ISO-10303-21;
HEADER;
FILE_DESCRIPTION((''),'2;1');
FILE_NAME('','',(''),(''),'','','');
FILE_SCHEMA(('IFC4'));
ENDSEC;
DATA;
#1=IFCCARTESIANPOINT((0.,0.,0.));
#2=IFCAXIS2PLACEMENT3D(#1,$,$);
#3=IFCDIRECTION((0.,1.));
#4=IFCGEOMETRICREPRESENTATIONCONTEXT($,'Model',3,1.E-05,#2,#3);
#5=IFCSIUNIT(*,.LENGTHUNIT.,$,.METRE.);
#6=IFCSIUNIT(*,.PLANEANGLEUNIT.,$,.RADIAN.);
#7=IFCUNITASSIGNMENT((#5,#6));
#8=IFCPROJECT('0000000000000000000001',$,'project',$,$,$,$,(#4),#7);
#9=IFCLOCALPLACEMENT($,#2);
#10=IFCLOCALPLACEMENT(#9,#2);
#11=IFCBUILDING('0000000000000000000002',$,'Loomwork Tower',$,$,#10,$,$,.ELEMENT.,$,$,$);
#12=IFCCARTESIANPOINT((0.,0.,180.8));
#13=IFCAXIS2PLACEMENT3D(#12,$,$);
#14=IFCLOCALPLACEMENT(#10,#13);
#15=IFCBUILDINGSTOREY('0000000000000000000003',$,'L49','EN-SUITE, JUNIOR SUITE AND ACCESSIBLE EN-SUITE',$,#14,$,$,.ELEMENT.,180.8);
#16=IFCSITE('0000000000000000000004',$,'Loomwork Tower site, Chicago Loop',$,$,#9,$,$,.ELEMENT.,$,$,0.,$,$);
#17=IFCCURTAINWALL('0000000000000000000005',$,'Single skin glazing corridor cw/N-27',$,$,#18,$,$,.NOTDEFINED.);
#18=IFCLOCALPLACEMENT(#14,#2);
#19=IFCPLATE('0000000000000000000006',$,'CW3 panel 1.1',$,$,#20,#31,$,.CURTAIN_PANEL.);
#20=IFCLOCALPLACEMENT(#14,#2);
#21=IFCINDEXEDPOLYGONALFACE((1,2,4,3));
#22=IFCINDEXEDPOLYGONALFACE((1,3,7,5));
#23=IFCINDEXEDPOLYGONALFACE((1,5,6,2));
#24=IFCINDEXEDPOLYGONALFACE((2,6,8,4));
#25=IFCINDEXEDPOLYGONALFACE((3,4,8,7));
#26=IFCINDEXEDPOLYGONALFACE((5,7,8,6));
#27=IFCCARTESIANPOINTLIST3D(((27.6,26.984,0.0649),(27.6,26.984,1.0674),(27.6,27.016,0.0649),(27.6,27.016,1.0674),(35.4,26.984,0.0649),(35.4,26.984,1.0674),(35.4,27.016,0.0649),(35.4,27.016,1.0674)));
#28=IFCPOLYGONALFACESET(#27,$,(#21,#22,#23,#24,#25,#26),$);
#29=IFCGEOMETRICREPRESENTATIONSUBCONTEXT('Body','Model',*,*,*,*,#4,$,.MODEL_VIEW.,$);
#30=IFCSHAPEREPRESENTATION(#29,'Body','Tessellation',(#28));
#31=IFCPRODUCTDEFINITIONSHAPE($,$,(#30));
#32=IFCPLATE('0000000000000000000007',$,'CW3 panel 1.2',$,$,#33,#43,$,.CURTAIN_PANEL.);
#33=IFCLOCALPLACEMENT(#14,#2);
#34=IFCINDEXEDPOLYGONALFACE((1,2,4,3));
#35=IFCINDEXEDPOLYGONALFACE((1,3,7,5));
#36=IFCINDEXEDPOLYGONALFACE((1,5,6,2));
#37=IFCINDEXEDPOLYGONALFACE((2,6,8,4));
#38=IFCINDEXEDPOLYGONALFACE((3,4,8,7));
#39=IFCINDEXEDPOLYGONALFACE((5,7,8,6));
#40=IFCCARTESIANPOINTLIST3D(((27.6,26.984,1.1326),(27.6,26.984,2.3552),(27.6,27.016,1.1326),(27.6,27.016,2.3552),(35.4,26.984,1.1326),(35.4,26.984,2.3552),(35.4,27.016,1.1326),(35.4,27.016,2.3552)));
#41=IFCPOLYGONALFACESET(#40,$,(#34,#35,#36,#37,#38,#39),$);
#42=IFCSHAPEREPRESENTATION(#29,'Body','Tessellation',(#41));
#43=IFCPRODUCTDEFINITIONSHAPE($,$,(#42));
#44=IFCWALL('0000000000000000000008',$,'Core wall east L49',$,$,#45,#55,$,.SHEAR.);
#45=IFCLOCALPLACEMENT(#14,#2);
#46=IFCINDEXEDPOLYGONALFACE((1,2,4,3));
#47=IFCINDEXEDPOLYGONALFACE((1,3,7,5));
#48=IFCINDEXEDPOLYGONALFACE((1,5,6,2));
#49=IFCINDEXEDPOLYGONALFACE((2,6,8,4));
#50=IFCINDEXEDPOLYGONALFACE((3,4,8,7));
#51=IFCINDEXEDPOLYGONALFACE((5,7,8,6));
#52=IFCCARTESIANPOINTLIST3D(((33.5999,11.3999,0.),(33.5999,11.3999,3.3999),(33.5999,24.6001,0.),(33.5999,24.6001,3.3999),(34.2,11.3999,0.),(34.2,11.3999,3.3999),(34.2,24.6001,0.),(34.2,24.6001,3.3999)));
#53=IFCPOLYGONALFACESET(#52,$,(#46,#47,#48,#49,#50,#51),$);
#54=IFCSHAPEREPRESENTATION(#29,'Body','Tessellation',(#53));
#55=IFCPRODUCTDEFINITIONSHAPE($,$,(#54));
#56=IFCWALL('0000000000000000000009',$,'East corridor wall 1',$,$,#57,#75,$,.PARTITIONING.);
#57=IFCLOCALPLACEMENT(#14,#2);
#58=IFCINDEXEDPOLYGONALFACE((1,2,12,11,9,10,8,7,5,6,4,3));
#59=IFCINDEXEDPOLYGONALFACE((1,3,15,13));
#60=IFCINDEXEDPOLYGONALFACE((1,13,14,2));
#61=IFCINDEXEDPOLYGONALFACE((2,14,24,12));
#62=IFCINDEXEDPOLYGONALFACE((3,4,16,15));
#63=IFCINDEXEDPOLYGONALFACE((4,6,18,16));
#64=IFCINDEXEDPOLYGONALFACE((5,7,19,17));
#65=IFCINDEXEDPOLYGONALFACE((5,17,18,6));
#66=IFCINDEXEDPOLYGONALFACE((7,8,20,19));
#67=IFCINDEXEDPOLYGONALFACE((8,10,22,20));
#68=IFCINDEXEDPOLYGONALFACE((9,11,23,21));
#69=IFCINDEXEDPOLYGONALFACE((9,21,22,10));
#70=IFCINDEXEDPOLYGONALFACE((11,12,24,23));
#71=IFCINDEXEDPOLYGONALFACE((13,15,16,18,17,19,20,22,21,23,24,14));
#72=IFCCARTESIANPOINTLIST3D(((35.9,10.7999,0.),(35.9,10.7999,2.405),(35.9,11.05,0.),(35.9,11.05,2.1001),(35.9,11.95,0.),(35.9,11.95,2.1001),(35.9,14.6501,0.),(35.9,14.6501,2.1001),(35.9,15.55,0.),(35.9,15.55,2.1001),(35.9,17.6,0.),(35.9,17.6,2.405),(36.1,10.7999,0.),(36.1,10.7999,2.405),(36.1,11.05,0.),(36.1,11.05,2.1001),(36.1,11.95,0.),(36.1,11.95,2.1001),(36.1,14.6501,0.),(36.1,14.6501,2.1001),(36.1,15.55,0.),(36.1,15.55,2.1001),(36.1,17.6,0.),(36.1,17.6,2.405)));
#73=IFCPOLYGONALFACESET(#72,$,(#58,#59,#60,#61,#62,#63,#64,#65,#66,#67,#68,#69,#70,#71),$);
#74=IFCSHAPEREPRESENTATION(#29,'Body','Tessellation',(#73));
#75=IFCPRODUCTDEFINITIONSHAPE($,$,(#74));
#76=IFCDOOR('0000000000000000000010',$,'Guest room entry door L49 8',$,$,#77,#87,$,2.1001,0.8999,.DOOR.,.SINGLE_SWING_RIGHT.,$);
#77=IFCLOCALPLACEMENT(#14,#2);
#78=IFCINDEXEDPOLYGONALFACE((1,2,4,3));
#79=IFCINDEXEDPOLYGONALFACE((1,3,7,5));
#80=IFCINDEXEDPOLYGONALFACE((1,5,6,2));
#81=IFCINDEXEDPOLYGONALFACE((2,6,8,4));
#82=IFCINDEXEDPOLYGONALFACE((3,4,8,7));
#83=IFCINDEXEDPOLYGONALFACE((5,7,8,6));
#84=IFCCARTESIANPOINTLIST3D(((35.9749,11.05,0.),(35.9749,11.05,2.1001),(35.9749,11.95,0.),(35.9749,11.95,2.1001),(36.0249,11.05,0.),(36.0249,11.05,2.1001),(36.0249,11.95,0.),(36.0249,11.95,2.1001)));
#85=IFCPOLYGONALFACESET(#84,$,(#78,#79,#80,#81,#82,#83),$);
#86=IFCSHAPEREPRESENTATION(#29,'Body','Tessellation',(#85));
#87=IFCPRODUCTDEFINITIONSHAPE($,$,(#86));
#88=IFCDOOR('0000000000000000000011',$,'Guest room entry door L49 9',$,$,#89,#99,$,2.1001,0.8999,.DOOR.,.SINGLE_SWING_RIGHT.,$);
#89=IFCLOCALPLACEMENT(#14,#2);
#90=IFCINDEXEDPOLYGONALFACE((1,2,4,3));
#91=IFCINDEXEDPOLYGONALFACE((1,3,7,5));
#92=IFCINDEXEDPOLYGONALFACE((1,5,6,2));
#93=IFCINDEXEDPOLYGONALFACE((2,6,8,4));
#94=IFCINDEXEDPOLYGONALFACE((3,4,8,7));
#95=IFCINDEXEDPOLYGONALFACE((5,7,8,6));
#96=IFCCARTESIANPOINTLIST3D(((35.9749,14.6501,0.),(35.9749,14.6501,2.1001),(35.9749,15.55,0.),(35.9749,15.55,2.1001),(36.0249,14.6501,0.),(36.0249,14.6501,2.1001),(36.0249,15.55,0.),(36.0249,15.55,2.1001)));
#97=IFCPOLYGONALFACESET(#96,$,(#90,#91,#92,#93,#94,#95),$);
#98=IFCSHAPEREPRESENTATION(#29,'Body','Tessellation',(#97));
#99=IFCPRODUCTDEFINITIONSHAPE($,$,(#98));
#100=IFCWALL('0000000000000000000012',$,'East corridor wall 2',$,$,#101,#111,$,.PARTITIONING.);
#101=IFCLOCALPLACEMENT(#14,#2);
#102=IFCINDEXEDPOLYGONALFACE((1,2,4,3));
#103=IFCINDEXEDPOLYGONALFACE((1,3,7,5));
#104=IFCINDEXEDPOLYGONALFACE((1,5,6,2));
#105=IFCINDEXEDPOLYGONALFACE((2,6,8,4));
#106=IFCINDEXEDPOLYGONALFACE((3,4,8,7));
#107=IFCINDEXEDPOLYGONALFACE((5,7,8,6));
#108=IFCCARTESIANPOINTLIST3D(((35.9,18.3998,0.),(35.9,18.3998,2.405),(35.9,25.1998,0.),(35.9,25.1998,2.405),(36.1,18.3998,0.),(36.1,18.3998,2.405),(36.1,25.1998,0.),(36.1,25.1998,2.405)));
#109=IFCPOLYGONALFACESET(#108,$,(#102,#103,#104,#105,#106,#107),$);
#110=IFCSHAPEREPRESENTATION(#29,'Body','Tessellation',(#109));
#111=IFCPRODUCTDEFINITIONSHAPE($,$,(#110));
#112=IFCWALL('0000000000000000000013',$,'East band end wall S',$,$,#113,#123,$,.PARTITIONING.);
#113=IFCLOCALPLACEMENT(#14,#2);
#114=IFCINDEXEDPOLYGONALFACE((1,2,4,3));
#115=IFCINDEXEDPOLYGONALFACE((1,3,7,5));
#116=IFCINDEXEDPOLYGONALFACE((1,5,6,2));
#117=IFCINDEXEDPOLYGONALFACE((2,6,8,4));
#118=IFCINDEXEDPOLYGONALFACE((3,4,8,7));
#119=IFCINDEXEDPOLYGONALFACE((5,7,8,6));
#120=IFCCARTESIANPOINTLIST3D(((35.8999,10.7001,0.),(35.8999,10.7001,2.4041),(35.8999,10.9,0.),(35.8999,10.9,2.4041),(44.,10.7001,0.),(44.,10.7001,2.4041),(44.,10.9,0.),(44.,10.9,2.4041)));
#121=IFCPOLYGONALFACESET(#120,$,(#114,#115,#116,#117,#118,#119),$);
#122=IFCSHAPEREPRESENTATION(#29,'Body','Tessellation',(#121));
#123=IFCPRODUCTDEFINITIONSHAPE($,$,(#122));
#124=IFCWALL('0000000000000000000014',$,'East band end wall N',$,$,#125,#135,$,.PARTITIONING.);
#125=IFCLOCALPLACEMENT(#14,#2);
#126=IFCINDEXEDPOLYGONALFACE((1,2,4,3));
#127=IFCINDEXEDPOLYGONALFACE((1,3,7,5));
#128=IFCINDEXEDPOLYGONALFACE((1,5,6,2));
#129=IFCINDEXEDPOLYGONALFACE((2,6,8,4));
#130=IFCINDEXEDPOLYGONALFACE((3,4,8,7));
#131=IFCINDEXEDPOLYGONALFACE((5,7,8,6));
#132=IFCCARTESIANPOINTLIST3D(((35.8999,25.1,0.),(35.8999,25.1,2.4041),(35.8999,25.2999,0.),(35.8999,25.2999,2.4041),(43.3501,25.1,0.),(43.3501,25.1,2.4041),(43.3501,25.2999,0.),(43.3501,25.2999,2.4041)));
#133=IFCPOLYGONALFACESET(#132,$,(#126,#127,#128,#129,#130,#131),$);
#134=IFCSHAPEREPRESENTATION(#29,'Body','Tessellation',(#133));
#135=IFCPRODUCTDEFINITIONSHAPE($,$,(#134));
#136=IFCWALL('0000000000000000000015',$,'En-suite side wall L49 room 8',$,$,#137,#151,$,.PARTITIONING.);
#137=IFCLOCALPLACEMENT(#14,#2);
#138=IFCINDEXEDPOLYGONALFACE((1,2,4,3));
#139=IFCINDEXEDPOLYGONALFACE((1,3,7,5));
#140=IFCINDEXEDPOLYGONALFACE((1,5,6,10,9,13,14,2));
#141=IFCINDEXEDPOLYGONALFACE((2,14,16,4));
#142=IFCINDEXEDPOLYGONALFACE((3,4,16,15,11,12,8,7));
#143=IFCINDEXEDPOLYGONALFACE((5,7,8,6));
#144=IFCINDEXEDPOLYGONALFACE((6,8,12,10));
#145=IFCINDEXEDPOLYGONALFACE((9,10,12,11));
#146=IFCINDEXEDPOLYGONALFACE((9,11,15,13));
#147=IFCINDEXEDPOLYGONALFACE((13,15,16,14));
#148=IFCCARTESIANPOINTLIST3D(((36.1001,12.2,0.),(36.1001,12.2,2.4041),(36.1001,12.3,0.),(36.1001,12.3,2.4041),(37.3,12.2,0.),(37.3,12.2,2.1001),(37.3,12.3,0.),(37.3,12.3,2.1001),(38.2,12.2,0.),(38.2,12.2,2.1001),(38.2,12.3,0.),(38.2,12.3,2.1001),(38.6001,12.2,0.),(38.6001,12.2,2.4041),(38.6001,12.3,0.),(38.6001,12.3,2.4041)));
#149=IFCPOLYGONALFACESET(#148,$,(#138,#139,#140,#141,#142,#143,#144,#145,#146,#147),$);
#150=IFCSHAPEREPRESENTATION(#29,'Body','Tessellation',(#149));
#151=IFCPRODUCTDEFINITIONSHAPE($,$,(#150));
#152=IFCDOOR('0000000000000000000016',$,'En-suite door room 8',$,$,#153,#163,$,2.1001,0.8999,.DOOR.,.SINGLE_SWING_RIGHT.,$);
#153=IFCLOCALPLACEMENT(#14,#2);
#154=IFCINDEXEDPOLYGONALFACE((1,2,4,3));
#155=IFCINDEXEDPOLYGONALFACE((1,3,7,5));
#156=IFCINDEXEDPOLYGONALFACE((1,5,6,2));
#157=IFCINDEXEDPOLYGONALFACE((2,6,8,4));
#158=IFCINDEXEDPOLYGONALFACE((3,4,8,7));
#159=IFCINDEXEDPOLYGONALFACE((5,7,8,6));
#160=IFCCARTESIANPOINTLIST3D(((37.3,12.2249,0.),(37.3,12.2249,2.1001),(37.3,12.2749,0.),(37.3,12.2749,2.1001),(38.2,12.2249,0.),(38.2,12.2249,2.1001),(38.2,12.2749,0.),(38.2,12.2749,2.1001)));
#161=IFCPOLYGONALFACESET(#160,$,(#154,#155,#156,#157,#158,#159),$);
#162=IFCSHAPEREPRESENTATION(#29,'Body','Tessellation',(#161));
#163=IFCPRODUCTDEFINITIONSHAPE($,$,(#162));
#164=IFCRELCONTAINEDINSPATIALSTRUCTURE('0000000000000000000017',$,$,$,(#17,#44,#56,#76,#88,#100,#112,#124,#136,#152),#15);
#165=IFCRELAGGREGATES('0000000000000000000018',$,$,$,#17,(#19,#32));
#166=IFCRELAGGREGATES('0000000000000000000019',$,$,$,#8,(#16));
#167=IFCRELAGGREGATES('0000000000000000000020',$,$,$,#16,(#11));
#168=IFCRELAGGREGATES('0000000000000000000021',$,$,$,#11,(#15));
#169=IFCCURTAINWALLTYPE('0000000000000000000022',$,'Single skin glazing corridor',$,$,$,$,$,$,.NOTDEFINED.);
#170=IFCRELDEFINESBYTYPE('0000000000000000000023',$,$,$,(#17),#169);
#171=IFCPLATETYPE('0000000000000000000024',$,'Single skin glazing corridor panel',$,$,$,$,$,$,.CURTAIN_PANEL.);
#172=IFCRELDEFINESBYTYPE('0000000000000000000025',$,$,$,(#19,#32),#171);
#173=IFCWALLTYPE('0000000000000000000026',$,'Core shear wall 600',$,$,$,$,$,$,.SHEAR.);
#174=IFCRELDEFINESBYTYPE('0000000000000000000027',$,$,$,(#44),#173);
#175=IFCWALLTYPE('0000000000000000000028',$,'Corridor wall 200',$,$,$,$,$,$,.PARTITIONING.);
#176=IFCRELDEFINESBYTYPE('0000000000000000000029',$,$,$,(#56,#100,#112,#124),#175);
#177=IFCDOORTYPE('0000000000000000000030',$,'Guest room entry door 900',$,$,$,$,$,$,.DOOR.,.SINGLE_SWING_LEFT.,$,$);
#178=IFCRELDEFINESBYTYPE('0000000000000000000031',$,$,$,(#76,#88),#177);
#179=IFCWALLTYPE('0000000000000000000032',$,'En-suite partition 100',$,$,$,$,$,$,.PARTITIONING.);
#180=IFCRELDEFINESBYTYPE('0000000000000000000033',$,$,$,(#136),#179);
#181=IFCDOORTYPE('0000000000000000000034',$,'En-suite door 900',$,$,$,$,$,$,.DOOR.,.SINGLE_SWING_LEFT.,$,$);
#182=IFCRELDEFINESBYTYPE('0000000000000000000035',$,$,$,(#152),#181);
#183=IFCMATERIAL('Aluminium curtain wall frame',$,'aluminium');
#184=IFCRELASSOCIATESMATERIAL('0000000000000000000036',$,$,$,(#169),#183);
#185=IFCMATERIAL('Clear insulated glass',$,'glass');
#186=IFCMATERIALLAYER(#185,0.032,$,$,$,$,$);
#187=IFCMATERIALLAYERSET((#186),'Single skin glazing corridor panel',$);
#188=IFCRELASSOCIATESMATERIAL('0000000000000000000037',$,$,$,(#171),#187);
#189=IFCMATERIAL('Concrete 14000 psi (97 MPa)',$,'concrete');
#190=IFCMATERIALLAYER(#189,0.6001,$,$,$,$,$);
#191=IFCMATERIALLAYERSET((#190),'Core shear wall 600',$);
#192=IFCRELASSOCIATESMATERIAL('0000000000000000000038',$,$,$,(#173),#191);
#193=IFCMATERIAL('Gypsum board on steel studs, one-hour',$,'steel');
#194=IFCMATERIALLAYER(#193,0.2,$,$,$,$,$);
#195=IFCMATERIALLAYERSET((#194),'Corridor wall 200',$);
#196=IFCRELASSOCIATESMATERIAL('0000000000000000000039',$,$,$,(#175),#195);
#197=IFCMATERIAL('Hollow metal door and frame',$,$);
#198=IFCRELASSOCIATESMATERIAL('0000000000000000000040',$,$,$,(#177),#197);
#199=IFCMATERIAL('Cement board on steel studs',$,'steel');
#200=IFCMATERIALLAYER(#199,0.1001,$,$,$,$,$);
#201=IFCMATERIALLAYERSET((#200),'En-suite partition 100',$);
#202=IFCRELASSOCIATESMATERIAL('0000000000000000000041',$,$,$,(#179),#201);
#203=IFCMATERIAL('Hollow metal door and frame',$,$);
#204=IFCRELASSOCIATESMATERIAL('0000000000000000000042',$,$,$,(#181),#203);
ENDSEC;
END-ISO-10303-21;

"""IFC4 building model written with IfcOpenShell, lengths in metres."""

from ifc_helpers import new_model, si_unit, direction, frame, frame_2d, origin, origin_2d, place, context, subcontext, project, spatial, rectangle, extrude, material, layer, layer_set, type_object, element, fill, aggregate, save


model = new_model("IFC4")

# Units and contexts
model_context = context("Model", 3, precision=1e-05, world=origin(), true_north=direction((0.0, 1.0)))
body_context = subcontext(model_context, "Body", "Model", "MODEL_VIEW")
ifc_project = project(units=[si_unit("LENGTHUNIT", "METRE"), si_unit("PLANEANGLEUNIT", "RADIAN")], contexts=[model_context])

# Site, building, storey
site_placement = place(None, origin())
site = spatial("IfcSite", under=ifc_project, at=site_placement, Name="Loomwork Tower site, Chicago Loop", CompositionType="ELEMENT", RefElevation=0.0)
building_placement = place(site_placement, origin())
building = spatial("IfcBuilding", under=site, at=building_placement, Name="Loomwork Tower", CompositionType="ELEMENT")
storey_placement = place(building_placement, frame((0.0, 0.0, 180.8)))
storey = spatial("IfcBuildingStorey", under=building, at=storey_placement, Name="L49", Description="EN-SUITE, JUNIOR SUITE AND ACCESSIBLE EN-SUITE", CompositionType="ELEMENT", Elevation=180.8)

# Curtain wall, plates
ifc_material_1 = material(Name="Aluminium curtain wall frame", Category="aluminium")
curtain_wall_type = type_object("IfcCurtainWallType", Name="Single skin glazing corridor", PredefinedType="NOTDEFINED", material=ifc_material_1)
curtain_wall_placement = place(storey_placement, origin())
curtain_wall = element("IfcCurtainWall", 1, at=curtain_wall_placement, inside=storey, type_object=curtain_wall_type, Name="Single skin glazing corridor cw/N-27", PredefinedType="NOTDEFINED")
ifc_material_2 = material(Name="Clear insulated glass", Category="glass")
ifc_layer_1 = layer(ifc_material_2, 0.032)
ifc_layer_set_1 = layer_set([ifc_layer_1], Name="Single skin glazing corridor panel")
plate_type = type_object("IfcPlateType", Name="Single skin glazing corridor panel", PredefinedType="CURTAIN_PANEL", material=ifc_layer_set_1)
plate_1_placement = place(storey_placement, frame((31.5, 27.0, 0.0649), z_axis=(0.0, 0.0, 1.0), x_axis=(-1.0, 0.0, 0.0)))
plate_1 = element("IfcPlate", 2, at=plate_1_placement, type_object=plate_type, Name="CW3 panel 1.1", PredefinedType="CURTAIN_PANEL", context=body_context, shape_type="SweptSolid", body=[
    extrude(rectangle(XDim=7.8, YDim=0.032, at=origin_2d()), origin(), (0.0, 0.0, 1.0), 1.0024),
])
plate_2_placement = place(storey_placement, frame((31.5, 27.0, 1.1326), z_axis=(0.0, 0.0, 1.0), x_axis=(-1.0, 0.0, 0.0)))
plate_2 = element("IfcPlate", 3, at=plate_2_placement, type_object=plate_type, Name="CW3 panel 1.2", PredefinedType="CURTAIN_PANEL", context=body_context, shape_type="SweptSolid", body=[
    extrude(rectangle(XDim=7.8, YDim=0.032, at=origin_2d()), origin(), (0.0, 0.0, 1.0), 1.2227),
])
aggregate(curtain_wall, [plate_1, plate_2])

# Wall
ifc_material_3 = material(Name="Concrete 14000 psi (97 MPa)", Category="concrete")
ifc_layer_2 = layer(ifc_material_3, 0.6001)
ifc_layer_set_2 = layer_set([ifc_layer_2], Name="Core shear wall 600")
wall_type_1 = type_object("IfcWallType", Name="Core shear wall 600", PredefinedType="SHEAR", material=ifc_layer_set_2)
wall_1_placement = place(storey_placement, frame((33.8999, 11.3999, 0.0), z_axis=(0.0, 0.0, 1.0), x_axis=(0.0, 1.0, 0.0)))
element("IfcWall", 4, at=wall_1_placement, inside=storey, type_object=wall_type_1, Name="Core wall east L49", PredefinedType="SHEAR", context=body_context, shape_type="SweptSolid", body=[
    extrude(rectangle(XDim=13.2002, YDim=0.6001, at=frame_2d((6.6001, 0.0))), origin(), (0.0, 0.0, 1.0), 3.3999),
])

# Wall, openings, doors
ifc_material_4 = material(Name="Gypsum board on steel studs, one-hour", Category="steel")
ifc_layer_3 = layer(ifc_material_4, 0.2)
ifc_layer_set_3 = layer_set([ifc_layer_3], Name="Corridor wall 200")
wall_type_2 = type_object("IfcWallType", Name="Corridor wall 200", PredefinedType="PARTITIONING", material=ifc_layer_set_3)
wall_2_placement = place(storey_placement, frame((36.0, 10.8, 0.0), z_axis=(0.0, 0.0, 1.0), x_axis=(0.0, 1.0, 0.0)))
wall_2 = element("IfcWall", 5, at=wall_2_placement, inside=storey, type_object=wall_type_2, Name="East corridor wall 1", PredefinedType="PARTITIONING", context=body_context, shape_type="SweptSolid", body=[
    extrude(rectangle(XDim=6.8, YDim=0.2, at=frame_2d((3.3999, 0.0))), origin(), (0.0, 0.0, 1.0), 2.405),
])
opening_1_placement = place(wall_2_placement, frame((0.25, 0.0, 0.0)))
opening_1 = element("IfcOpeningElement", 6, at=opening_1_placement, cuts=wall_2, PredefinedType="OPENING", context=body_context, shape_type="SweptSolid", body=[
    extrude(rectangle(XDim=0.8999, YDim=2.1001, at=frame_2d((0.45, 1.05))), frame((0.0, 0.1099, 0.0), z_axis=(0.0, -1.0, 0.0), x_axis=(1.0, 0.0, 0.0)), (0.0, 0.0, 1.0), 0.22),
])
opening_2_placement = place(wall_2_placement, frame((3.8501, 0.0, 0.0)))
opening_2 = element("IfcOpeningElement", 7, at=opening_2_placement, cuts=wall_2, PredefinedType="OPENING", context=body_context, shape_type="SweptSolid", body=[
    extrude(rectangle(XDim=0.8999, YDim=2.1001, at=frame_2d((0.45, 1.05))), frame((0.0, 0.1099, 0.0), z_axis=(0.0, -1.0, 0.0), x_axis=(1.0, 0.0, 0.0)), (0.0, 0.0, 1.0), 0.22),
])
ifc_material_5 = material(Name="Hollow metal door and frame")
door_type_1 = type_object("IfcDoorType", Name="Guest room entry door 900", OperationType="SINGLE_SWING_LEFT", PredefinedType="DOOR", material=ifc_material_5)
door_1_placement = place(opening_1_placement, frame((0.8999, 0.0, 0.0), z_axis=(0.0, 0.0, 1.0), x_axis=(-1.0, 0.0, 0.0)))
door_1 = element("IfcDoor", 8, at=door_1_placement, inside=storey, type_object=door_type_1, Name="Guest room entry door L49 8", OperationType="SINGLE_SWING_RIGHT", OverallHeight=2.1001, OverallWidth=0.8999, PredefinedType="DOOR", context=body_context, shape_type="SweptSolid", body=[
    extrude(rectangle(XDim=0.8999, YDim=2.1001, at=frame_2d((0.45, 1.05))), frame((0.0, 0.0249, 0.0), z_axis=(0.0, -1.0, 0.0), x_axis=(1.0, 0.0, 0.0)), (0.0, 0.0, 1.0), 0.05),
])
fill(opening_1, door_1)
door_2_placement = place(opening_2_placement, frame((0.8999, 0.0, 0.0), z_axis=(0.0, 0.0, 1.0), x_axis=(-1.0, 0.0, 0.0)))
door_2 = element("IfcDoor", 9, at=door_2_placement, inside=storey, type_object=door_type_1, Name="Guest room entry door L49 9", OperationType="SINGLE_SWING_RIGHT", OverallHeight=2.1001, OverallWidth=0.8999, PredefinedType="DOOR", context=body_context, shape_type="SweptSolid", body=[
    extrude(rectangle(XDim=0.8999, YDim=2.1001, at=frame_2d((0.45, 1.05))), frame((0.0, 0.0249, 0.0), z_axis=(0.0, -1.0, 0.0), x_axis=(1.0, 0.0, 0.0)), (0.0, 0.0, 1.0), 0.05),
])
fill(opening_2, door_2)

# Walls
wall_3_placement = place(storey_placement, frame((36.0, 18.3999, 0.0), z_axis=(0.0, 0.0, 1.0), x_axis=(0.0, 1.0, 0.0)))
element("IfcWall", 10, at=wall_3_placement, inside=storey, type_object=wall_type_2, Name="East corridor wall 2", PredefinedType="PARTITIONING", context=body_context, shape_type="SweptSolid", body=[
    extrude(rectangle(XDim=6.8, YDim=0.2, at=frame_2d((3.3999, 0.0))), origin(), (0.0, 0.0, 1.0), 2.405),
])
wall_4_placement = place(storey_placement, frame((35.8999, 10.8, 0.0), z_axis=(0.0, 0.0, 1.0), x_axis=(1.0, 0.0, 0.0)))
element("IfcWall", 11, at=wall_4_placement, inside=storey, type_object=wall_type_2, Name="East band end wall S", PredefinedType="PARTITIONING", context=body_context, shape_type="SweptSolid", body=[
    extrude(rectangle(XDim=8.1001, YDim=0.2, at=frame_2d((4.05, 0.0))), origin(), (0.0, 0.0, 1.0), 2.4041),
])
wall_5_placement = place(storey_placement, frame((35.8999, 25.2, 0.0), z_axis=(0.0, 0.0, 1.0), x_axis=(1.0, 0.0, 0.0)))
element("IfcWall", 12, at=wall_5_placement, inside=storey, type_object=wall_type_2, Name="East band end wall N", PredefinedType="PARTITIONING", context=body_context, shape_type="SweptSolid", body=[
    extrude(rectangle(XDim=7.4502, YDim=0.2, at=frame_2d((3.7251, 0.0))), origin(), (0.0, 0.0, 1.0), 2.4041),
])

# Wall, opening, door
ifc_material_6 = material(Name="Cement board on steel studs", Category="steel")
ifc_layer_4 = layer(ifc_material_6, 0.1001)
ifc_layer_set_4 = layer_set([ifc_layer_4], Name="En-suite partition 100")
wall_type_3 = type_object("IfcWallType", Name="En-suite partition 100", PredefinedType="PARTITIONING", material=ifc_layer_set_4)
wall_6_placement = place(storey_placement, frame((36.1001, 12.25, 0.0), z_axis=(0.0, 0.0, 1.0), x_axis=(1.0, 0.0, 0.0)))
wall_6 = element("IfcWall", 13, at=wall_6_placement, inside=storey, type_object=wall_type_3, Name="En-suite side wall L49 room 8", PredefinedType="PARTITIONING", context=body_context, shape_type="SweptSolid", body=[
    extrude(rectangle(XDim=2.5, YDim=0.1001, at=frame_2d((1.25, 0.0))), origin(), (0.0, 0.0, 1.0), 2.4041),
])
opening_3_placement = place(wall_6_placement, frame((1.2, 0.0, 0.0)))
opening_3 = element("IfcOpeningElement", 14, at=opening_3_placement, cuts=wall_6, PredefinedType="OPENING", context=body_context, shape_type="SweptSolid", body=[
    extrude(rectangle(XDim=0.8999, YDim=2.1001, at=frame_2d((0.45, 1.05))), frame((0.0, 0.0601, 0.0), z_axis=(0.0, -1.0, 0.0), x_axis=(1.0, 0.0, 0.0)), (0.0, 0.0, 1.0), 0.1201),
])
ifc_material_7 = material(Name="Hollow metal door and frame")
door_type_2 = type_object("IfcDoorType", Name="En-suite door 900", OperationType="SINGLE_SWING_LEFT", PredefinedType="DOOR", material=ifc_material_7)
door_3_placement = place(opening_3_placement, origin())
door_3 = element("IfcDoor", 15, at=door_3_placement, inside=storey, type_object=door_type_2, Name="En-suite door room 8", OperationType="SINGLE_SWING_RIGHT", OverallHeight=2.1001, OverallWidth=0.8999, PredefinedType="DOOR", context=body_context, shape_type="SweptSolid", body=[
    extrude(rectangle(XDim=0.8999, YDim=2.1001, at=frame_2d((0.45, 1.05))), frame((0.0, 0.0249, 0.0), z_axis=(0.0, -1.0, 0.0), x_axis=(1.0, 0.0, 0.0)), (0.0, 0.0, 1.0), 0.05),
])
fill(opening_3, door_3)

save(model, "model.ifc")
